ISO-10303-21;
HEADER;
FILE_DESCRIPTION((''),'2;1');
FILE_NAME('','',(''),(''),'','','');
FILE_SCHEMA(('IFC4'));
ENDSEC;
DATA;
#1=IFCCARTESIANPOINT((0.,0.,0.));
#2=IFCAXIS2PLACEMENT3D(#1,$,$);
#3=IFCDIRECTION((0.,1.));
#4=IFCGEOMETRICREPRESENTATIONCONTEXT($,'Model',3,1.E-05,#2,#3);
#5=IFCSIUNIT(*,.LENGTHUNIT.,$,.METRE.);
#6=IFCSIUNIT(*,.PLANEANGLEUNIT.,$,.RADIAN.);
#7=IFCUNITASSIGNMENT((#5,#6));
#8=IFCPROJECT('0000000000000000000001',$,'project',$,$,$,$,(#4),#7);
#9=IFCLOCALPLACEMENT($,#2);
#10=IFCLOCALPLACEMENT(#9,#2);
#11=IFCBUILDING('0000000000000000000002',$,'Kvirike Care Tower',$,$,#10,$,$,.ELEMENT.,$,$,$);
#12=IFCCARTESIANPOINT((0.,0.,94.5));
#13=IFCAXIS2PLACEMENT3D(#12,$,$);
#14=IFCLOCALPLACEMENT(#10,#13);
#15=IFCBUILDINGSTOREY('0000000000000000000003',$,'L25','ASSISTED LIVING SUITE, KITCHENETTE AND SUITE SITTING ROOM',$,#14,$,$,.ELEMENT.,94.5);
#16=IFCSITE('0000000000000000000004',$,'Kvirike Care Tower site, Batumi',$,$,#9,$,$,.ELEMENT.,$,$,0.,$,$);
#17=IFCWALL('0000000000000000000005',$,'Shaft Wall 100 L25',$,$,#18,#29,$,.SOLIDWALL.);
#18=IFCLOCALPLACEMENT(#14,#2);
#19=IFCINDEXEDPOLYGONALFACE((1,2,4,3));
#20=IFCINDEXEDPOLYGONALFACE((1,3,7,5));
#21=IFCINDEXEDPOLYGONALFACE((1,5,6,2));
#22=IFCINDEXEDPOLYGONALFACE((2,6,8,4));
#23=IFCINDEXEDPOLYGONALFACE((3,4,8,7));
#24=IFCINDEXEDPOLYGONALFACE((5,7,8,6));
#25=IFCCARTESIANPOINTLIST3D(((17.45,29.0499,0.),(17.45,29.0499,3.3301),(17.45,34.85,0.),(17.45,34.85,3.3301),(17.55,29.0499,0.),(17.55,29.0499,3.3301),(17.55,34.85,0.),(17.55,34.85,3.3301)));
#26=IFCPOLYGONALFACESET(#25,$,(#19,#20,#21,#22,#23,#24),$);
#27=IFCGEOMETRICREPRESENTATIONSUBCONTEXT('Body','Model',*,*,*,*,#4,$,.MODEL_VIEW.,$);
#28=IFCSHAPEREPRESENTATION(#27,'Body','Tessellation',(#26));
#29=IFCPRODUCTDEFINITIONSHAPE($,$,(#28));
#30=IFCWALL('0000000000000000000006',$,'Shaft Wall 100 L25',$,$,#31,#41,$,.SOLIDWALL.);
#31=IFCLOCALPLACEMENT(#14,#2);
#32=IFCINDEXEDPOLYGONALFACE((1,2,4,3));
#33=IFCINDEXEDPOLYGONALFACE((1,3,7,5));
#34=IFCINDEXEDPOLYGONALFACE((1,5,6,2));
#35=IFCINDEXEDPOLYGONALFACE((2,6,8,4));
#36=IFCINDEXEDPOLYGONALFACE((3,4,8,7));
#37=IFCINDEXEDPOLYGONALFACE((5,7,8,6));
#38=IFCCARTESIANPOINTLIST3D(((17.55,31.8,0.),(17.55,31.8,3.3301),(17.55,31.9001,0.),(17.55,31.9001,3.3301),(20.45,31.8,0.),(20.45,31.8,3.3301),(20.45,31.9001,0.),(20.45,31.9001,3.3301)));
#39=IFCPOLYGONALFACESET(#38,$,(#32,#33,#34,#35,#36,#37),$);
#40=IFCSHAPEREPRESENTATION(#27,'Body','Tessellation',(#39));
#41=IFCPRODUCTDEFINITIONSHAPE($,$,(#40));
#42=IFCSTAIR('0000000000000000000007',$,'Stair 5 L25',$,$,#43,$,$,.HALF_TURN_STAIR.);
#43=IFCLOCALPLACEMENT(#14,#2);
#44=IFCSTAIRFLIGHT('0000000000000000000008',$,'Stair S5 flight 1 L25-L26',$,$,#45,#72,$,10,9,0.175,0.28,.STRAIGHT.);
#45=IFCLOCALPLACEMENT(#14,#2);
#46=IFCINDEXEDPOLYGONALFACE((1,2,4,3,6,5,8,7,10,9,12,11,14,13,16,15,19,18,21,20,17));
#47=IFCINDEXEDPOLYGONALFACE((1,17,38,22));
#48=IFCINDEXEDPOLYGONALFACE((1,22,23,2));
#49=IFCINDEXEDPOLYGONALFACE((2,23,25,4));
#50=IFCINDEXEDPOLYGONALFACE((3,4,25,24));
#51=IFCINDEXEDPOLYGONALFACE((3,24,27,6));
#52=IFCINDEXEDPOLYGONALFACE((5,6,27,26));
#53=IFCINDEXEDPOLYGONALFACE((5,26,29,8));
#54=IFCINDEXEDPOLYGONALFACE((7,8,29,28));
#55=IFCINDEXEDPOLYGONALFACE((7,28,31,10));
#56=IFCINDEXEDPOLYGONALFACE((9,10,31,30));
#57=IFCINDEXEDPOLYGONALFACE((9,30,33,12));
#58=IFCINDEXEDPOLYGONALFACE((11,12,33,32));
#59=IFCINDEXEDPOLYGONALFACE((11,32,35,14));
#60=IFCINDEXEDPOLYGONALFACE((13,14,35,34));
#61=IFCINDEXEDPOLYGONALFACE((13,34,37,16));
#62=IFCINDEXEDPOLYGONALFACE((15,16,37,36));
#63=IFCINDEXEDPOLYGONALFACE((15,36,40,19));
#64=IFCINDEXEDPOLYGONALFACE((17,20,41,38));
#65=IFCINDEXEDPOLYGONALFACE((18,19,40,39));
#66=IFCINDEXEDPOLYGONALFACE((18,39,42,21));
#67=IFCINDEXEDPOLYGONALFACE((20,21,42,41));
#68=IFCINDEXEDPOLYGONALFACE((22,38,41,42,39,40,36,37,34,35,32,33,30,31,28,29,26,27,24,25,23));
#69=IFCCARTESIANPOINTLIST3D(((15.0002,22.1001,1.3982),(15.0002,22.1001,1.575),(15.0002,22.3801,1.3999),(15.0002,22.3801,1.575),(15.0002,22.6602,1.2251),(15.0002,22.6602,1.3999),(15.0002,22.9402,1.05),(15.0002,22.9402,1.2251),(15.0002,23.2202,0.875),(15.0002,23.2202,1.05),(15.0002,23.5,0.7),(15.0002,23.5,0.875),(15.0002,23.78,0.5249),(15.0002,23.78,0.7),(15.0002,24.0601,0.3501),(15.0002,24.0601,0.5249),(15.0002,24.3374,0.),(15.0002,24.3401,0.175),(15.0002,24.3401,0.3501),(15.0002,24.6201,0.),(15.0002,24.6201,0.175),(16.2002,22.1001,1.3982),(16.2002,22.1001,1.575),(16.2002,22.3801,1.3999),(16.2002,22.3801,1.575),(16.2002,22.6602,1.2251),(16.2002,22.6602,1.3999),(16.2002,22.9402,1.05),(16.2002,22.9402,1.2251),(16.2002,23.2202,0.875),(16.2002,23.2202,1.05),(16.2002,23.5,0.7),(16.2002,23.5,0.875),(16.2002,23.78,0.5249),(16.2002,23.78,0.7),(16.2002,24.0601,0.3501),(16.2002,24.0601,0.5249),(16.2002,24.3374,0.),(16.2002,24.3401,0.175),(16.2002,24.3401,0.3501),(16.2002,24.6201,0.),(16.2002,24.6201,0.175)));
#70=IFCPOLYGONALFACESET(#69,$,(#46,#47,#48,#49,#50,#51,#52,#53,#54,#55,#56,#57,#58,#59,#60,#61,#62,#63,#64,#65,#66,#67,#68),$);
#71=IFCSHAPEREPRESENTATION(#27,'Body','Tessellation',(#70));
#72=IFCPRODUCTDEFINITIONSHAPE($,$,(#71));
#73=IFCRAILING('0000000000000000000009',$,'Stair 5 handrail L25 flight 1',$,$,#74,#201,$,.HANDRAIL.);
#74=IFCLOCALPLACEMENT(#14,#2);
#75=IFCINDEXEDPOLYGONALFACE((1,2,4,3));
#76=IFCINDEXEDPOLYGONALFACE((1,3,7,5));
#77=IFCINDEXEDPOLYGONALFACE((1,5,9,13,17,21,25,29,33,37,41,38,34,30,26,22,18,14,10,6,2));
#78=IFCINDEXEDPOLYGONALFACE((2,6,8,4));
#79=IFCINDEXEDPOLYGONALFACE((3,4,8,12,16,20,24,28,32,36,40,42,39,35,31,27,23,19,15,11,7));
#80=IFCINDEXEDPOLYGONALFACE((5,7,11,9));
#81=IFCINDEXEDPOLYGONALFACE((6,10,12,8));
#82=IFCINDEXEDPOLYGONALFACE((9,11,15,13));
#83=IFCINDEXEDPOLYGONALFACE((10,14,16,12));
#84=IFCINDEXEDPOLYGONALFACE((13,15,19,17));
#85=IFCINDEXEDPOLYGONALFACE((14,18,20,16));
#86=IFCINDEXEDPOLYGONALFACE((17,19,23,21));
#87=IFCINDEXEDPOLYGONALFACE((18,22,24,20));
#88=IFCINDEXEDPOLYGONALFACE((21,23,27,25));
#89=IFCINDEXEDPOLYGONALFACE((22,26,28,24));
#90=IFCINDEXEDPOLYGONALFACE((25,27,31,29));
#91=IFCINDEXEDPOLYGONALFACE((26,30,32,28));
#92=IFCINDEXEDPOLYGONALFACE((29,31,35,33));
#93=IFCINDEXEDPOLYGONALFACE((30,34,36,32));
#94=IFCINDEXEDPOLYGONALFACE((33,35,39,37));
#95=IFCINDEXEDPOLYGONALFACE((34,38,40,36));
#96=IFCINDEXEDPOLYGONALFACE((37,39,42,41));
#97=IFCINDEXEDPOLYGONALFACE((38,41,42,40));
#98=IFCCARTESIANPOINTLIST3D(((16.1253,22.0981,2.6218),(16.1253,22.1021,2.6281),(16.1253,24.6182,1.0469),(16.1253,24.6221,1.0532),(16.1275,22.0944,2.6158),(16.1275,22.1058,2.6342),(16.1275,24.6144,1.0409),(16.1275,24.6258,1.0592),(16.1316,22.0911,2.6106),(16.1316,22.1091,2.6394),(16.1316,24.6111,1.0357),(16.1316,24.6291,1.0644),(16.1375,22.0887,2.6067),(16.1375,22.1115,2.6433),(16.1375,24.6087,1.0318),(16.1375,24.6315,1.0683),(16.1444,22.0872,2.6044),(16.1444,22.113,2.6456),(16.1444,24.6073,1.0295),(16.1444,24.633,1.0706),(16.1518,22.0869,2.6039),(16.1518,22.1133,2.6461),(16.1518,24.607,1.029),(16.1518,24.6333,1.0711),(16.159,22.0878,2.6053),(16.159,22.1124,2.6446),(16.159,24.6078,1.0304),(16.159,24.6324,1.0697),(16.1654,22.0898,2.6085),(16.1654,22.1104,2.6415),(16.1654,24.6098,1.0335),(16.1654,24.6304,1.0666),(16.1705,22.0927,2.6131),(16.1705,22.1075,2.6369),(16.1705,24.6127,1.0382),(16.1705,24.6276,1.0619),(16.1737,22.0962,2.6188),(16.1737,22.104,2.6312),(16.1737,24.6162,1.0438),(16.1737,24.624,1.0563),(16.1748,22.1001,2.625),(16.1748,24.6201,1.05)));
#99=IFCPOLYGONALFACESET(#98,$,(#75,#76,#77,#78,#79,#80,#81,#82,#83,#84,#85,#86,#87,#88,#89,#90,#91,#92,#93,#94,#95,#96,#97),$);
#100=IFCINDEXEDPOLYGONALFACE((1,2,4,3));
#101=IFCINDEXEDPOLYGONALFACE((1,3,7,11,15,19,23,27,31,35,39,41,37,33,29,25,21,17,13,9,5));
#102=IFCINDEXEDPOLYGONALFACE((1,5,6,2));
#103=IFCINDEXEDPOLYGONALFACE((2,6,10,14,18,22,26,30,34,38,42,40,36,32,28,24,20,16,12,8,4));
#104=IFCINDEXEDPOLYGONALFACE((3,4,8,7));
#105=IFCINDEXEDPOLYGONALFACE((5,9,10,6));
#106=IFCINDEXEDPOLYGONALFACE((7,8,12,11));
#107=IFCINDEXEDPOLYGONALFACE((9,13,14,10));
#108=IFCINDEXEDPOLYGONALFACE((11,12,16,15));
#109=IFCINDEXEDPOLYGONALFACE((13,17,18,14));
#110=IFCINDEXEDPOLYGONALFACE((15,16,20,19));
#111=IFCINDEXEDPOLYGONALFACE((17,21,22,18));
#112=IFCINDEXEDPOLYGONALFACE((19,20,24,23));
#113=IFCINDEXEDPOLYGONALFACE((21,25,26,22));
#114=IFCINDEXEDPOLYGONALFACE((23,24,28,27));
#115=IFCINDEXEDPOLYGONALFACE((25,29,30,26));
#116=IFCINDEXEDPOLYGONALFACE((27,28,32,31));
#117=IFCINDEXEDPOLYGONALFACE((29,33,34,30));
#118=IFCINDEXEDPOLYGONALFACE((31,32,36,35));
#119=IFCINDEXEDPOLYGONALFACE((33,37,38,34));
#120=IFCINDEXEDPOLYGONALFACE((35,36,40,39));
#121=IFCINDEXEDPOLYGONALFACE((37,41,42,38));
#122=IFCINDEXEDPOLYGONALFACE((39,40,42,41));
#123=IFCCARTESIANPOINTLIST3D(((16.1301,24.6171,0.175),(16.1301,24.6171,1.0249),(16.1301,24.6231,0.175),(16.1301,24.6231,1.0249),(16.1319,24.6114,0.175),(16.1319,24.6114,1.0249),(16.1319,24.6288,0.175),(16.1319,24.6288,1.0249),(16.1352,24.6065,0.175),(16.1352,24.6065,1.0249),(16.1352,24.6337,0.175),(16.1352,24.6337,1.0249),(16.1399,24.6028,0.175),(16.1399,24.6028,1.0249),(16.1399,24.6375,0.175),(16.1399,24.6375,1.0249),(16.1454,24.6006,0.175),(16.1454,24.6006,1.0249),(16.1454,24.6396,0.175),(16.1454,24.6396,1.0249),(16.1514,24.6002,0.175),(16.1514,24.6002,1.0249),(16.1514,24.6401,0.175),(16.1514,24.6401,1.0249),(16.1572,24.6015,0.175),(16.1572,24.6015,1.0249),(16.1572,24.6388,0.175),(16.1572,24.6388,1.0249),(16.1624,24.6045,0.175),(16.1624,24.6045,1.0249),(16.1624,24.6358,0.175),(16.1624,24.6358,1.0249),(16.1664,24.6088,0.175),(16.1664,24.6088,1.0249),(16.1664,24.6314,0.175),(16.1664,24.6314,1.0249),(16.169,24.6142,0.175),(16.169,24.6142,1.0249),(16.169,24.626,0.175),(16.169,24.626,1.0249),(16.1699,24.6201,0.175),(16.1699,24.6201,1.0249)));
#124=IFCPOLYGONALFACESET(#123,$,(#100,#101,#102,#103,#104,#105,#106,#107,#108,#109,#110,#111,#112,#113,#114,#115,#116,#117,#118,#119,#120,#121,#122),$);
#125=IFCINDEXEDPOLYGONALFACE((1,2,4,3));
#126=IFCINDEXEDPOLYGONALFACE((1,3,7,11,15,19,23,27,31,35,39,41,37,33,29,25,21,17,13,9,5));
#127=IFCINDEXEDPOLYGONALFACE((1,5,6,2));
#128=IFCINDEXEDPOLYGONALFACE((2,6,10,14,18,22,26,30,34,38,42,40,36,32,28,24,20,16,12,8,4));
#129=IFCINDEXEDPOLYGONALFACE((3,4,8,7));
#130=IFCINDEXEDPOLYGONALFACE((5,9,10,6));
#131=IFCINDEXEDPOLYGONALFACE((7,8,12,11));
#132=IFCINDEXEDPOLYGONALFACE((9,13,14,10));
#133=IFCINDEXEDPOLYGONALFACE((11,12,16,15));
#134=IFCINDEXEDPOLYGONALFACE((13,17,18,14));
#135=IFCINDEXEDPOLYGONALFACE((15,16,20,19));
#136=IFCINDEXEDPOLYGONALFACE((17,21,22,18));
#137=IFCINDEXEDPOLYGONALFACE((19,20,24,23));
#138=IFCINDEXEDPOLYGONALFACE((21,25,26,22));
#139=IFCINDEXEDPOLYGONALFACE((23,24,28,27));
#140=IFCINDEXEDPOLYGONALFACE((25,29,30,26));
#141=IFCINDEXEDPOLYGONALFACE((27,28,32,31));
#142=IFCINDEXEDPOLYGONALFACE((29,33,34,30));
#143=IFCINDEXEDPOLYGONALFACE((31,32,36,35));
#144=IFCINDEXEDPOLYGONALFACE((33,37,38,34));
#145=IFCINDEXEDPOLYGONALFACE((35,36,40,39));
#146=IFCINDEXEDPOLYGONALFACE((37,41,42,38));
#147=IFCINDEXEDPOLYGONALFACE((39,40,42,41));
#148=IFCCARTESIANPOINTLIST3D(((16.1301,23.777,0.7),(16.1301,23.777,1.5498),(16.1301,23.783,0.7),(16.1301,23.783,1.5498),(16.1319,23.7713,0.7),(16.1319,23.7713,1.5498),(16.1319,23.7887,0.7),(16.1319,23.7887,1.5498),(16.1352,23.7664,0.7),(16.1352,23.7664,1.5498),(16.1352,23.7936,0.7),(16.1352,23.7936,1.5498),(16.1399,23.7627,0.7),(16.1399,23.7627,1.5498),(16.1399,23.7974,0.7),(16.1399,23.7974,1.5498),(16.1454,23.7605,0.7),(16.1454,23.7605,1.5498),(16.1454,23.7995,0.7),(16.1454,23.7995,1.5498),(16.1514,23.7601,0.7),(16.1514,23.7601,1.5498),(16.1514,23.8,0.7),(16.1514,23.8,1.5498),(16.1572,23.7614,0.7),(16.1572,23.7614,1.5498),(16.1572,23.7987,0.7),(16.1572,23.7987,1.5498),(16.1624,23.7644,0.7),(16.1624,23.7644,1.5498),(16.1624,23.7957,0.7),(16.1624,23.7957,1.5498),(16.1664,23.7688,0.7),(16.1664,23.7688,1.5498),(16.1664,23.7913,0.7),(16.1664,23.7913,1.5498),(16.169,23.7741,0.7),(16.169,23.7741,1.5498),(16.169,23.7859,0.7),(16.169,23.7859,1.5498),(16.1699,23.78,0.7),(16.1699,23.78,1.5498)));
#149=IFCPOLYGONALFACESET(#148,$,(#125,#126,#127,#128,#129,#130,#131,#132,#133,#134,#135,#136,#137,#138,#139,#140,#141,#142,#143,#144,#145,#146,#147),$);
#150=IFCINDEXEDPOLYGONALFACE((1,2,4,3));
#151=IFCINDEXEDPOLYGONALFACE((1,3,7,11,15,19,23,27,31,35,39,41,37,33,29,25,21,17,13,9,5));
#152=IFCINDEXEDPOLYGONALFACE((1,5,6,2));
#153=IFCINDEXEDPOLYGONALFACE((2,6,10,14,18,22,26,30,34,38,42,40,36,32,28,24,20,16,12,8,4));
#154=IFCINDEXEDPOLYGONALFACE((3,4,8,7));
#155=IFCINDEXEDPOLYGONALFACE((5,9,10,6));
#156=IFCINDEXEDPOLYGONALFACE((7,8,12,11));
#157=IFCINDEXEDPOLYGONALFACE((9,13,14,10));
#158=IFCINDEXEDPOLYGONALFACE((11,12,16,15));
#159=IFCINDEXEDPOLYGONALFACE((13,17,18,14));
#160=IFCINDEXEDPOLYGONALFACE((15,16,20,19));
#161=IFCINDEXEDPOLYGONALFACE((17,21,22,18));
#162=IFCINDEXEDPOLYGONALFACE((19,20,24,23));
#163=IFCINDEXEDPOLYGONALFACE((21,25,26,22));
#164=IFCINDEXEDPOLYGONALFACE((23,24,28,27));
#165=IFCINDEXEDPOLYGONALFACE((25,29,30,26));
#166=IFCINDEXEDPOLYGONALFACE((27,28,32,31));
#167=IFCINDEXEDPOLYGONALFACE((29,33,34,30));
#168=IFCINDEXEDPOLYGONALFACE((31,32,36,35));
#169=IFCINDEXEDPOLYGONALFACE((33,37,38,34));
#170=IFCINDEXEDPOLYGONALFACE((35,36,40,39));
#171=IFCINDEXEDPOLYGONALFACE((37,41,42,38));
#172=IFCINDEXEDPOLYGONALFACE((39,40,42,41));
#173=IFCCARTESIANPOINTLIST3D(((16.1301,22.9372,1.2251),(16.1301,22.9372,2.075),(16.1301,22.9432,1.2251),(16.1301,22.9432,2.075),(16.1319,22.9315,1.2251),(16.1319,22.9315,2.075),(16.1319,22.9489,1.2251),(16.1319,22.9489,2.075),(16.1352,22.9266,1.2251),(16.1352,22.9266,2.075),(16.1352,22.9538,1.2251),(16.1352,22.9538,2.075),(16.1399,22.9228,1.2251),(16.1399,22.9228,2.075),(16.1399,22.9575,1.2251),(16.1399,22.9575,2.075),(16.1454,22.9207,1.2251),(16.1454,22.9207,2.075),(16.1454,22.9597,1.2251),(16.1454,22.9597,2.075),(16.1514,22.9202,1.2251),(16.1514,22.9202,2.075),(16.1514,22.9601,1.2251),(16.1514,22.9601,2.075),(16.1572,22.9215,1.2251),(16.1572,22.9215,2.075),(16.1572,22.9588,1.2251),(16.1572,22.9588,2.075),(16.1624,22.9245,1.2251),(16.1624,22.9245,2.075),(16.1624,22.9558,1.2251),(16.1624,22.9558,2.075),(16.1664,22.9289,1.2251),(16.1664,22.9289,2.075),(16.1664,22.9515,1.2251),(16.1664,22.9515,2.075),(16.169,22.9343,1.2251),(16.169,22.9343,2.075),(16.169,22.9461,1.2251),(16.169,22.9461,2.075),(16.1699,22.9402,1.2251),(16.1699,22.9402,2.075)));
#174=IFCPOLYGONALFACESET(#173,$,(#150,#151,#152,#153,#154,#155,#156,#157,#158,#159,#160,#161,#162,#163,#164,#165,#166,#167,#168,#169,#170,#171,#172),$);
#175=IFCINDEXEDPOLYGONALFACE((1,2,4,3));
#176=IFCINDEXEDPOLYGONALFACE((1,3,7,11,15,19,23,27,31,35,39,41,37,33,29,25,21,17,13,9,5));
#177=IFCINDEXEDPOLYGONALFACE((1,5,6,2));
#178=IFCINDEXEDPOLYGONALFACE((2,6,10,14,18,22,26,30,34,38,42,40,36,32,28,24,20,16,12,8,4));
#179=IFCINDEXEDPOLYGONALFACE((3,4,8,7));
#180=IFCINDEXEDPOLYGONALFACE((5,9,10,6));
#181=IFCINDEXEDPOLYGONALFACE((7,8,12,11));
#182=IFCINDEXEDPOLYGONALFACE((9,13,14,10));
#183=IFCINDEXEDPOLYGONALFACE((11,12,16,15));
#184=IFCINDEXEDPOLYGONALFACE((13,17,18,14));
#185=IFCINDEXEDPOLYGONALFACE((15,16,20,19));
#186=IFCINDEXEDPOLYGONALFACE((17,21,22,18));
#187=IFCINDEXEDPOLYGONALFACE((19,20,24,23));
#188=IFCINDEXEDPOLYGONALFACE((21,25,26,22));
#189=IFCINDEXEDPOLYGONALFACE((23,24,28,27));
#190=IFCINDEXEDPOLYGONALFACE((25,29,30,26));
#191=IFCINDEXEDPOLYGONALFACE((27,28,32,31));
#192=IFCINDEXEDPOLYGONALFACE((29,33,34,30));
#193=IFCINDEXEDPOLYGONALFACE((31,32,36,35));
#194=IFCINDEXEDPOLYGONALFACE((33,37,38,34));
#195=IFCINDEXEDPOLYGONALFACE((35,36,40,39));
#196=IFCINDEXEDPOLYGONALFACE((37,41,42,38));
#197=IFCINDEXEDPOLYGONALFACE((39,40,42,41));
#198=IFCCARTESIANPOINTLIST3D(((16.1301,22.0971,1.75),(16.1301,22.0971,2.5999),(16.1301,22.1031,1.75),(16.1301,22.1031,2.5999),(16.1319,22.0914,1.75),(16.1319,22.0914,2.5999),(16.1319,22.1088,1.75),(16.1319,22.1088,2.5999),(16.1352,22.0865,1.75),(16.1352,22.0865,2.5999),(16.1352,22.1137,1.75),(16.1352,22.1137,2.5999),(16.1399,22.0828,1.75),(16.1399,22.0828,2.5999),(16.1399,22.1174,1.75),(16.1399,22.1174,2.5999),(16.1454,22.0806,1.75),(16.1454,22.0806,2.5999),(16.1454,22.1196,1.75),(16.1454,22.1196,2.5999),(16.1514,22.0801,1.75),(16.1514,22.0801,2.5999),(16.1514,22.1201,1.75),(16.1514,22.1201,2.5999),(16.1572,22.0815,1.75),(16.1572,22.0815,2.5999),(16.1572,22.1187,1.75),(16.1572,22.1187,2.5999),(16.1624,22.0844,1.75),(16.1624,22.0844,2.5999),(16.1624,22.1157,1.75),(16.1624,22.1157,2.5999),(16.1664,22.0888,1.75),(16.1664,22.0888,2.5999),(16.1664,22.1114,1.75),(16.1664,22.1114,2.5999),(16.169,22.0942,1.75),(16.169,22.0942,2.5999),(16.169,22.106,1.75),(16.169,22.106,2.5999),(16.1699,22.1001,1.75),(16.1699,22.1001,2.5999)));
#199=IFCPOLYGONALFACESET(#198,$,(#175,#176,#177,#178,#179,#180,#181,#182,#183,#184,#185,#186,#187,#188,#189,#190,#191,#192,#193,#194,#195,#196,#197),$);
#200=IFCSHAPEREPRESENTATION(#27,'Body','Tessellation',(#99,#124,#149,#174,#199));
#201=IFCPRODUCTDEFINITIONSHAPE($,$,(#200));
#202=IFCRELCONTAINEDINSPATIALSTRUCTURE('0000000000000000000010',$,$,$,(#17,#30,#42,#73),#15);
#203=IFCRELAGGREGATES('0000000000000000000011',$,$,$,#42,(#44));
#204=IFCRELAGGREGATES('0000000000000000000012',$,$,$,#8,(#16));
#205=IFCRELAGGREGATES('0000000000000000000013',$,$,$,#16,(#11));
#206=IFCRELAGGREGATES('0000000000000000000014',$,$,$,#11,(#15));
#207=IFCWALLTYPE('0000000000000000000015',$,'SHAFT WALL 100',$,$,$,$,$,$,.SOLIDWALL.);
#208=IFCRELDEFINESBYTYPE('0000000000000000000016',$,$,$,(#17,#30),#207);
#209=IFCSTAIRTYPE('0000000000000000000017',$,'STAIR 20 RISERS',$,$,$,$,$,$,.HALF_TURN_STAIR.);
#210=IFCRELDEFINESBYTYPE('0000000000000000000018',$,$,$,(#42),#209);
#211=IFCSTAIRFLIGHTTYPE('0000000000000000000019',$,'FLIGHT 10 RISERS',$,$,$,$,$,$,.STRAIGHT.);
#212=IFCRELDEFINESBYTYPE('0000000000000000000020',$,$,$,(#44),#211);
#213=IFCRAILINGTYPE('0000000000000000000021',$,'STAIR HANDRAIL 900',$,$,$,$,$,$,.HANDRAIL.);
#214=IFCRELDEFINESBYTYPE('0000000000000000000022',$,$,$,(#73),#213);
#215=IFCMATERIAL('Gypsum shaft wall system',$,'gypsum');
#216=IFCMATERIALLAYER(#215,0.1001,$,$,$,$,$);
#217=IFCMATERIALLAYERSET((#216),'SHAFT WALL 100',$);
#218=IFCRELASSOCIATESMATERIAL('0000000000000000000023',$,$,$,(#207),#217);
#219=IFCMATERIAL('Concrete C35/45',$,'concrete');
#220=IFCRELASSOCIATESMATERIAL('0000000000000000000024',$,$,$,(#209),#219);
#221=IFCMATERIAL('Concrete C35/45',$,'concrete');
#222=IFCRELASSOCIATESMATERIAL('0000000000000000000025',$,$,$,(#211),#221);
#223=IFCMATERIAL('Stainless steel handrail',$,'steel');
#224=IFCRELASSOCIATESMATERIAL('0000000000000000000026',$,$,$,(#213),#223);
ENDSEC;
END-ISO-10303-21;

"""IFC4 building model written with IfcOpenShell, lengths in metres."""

from ifc_helpers import new_model, si_unit, direction, frame, frame_2d, origin, origin_2d, place, context, subcontext, project, spatial, polyline, rectangle, circle, outline, extrude, material, layer, layer_set, type_object, element, aggregate, save


model = new_model("IFC4")

# Units and contexts
model_context = context("Model", 3, precision=1e-05, world=origin(), true_north=direction((0.0, 1.0)))
body_context = subcontext(model_context, "Body", "Model", "MODEL_VIEW")
ifc_project = project(units=[si_unit("LENGTHUNIT", "METRE"), si_unit("PLANEANGLEUNIT", "RADIAN")], contexts=[model_context])

# Site, building, storey
site_placement = place(None, origin())
site = spatial("IfcSite", under=ifc_project, at=site_placement, Name="Kvirike Care Tower site, Batumi", CompositionType="ELEMENT", RefElevation=0.0)
building_placement = place(site_placement, origin())
building = spatial("IfcBuilding", under=site, at=building_placement, Name="Kvirike Care Tower", CompositionType="ELEMENT")
storey_placement = place(building_placement, frame((0.0, 0.0, 94.5)))
storey = spatial("IfcBuildingStorey", under=building, at=storey_placement, Name="L25", Description="ASSISTED LIVING SUITE, KITCHENETTE AND SUITE SITTING ROOM", CompositionType="ELEMENT", Elevation=94.5)

# Shared definitions
ifc_material_1 = material(Name="Gypsum shaft wall system", Category="gypsum")
ifc_layer_1 = layer(ifc_material_1, 0.1001)
ifc_layer_set_1 = layer_set([ifc_layer_1], Name="SHAFT WALL 100")
wall_type_1 = type_object("IfcWallType", Name="SHAFT WALL 100", PredefinedType="SOLIDWALL", material=ifc_layer_set_1)

# Walls
wall_1_placement = place(storey_placement, frame((17.5, 29.05, 0.0), z_axis=(0.0, 0.0, 1.0), x_axis=(0.0, 1.0, 0.0)))
element("IfcWall", 1, at=wall_1_placement, inside=storey, type_object=wall_type_1, Name="Shaft Wall 100 L25", PredefinedType="SOLIDWALL", context=body_context, shape_type="SweptSolid", body=[
    extrude(rectangle(XDim=5.8, YDim=0.1001, at=frame_2d((2.8999, 0.0))), origin(), (0.0, 0.0, 1.0), 3.3301),
])
wall_2_placement = place(storey_placement, frame((17.55, 31.8501, 0.0), z_axis=(0.0, 0.0, 1.0), x_axis=(1.0, 0.0, 0.0)))
element("IfcWall", 2, at=wall_2_placement, inside=storey, type_object=wall_type_1, Name="Shaft Wall 100 L25", PredefinedType="SOLIDWALL", context=body_context, shape_type="SweptSolid", body=[
    extrude(rectangle(XDim=2.8999, YDim=0.1001, at=frame_2d((1.45, 0.0))), origin(), (0.0, 0.0, 1.0), 3.3301),
])

# Stair, stair flight
ifc_material_2 = material(Name="Concrete C35/45", Category="concrete")
stair_type = type_object("IfcStairType", Name="STAIR 20 RISERS", PredefinedType="HALF_TURN_STAIR", material=ifc_material_2)
stair_placement = place(storey_placement, origin())
stair = element("IfcStair", 3, at=stair_placement, inside=storey, type_object=stair_type, Name="Stair 5 L25", PredefinedType="HALF_TURN_STAIR")
ifc_material_3 = material(Name="Concrete C35/45", Category="concrete")
stair_flight_type = type_object("IfcStairFlightType", Name="FLIGHT 10 RISERS", PredefinedType="STRAIGHT", material=ifc_material_3)
stair_flight_placement = place(storey_placement, frame((15.6001, 24.6201, 0.0), z_axis=(0.0, 0.0, 1.0), x_axis=(0.0, -1.0, 0.0)))
stair_flight = element("IfcStairFlight", 4, at=stair_flight_placement, type_object=stair_flight_type, Name="Stair S5 flight 1 L25-L26", NumberOfRisers=10, NumberOfTreads=9, PredefinedType="STRAIGHT", RiserHeight=0.175, TreadLength=0.28, context=body_context, shape_type="SweptSolid", body=[
    extrude(outline(polyline([(0.0, 0.0), (0.0, 0.175), (0.28, 0.175), (0.28, 0.3501), (0.5601, 0.3501), (0.5601, 0.5249), (0.8401, 0.5249), (0.8401, 0.7), (1.1201, 0.7), (1.1201, 0.875), (1.3999, 0.875), (1.3999, 1.05), (1.6799, 1.05), (1.6799, 1.2251), (1.96, 1.2251), (1.96, 1.3999), (2.24, 1.3999), (2.24, 1.575), (2.52, 1.575), (2.52, 1.75), (2.52, 1.3982), (0.2827, 0.0), (0.0, 0.0)])), frame((0.0, 0.6001, 0.0), z_axis=(0.0, -1.0, 0.0), x_axis=(1.0, 0.0, 0.0)), (0.0, 0.0, 1.0), 1.2),
])
aggregate(stair, [stair_flight])

# Railing
ifc_material_4 = material(Name="Stainless steel handrail", Category="steel")
railing_type = type_object("IfcRailingType", Name="STAIR HANDRAIL 900", PredefinedType="HANDRAIL", material=ifc_material_4)
railing_placement = place(storey_placement, frame((16.1499, 24.6201, 0.175)))
element("IfcRailing", 5, at=railing_placement, inside=storey, type_object=railing_type, Name="Stair 5 handrail L25 flight 1", PredefinedType="HANDRAIL", context=body_context, shape_type="SweptSolid", body=[
    extrude(circle(Radius=0.0249, at=origin_2d()), frame((0.0, 0.0, 0.875), z_axis=(0.0, -0.848008, 0.529984), x_axis=(1.0, 0.0, 0.0)), (0.0, 0.0, 1.0), 2.9717),
    extrude(circle(Radius=0.02, at=origin_2d()), origin(), (0.0, 0.0, 1.0), 0.8499),
    extrude(circle(Radius=0.02, at=origin_2d()), frame((0.0, -0.8401, 0.5249)), (0.0, 0.0, 1.0), 0.8499),
    extrude(circle(Radius=0.02, at=origin_2d()), frame((0.0, -1.6799, 1.05)), (0.0, 0.0, 1.0), 0.8499),
    extrude(circle(Radius=0.02, at=origin_2d()), frame((0.0, -2.52, 1.575)), (0.0, 0.0, 1.0), 0.8499),
])

save(model, "model.ifc")
